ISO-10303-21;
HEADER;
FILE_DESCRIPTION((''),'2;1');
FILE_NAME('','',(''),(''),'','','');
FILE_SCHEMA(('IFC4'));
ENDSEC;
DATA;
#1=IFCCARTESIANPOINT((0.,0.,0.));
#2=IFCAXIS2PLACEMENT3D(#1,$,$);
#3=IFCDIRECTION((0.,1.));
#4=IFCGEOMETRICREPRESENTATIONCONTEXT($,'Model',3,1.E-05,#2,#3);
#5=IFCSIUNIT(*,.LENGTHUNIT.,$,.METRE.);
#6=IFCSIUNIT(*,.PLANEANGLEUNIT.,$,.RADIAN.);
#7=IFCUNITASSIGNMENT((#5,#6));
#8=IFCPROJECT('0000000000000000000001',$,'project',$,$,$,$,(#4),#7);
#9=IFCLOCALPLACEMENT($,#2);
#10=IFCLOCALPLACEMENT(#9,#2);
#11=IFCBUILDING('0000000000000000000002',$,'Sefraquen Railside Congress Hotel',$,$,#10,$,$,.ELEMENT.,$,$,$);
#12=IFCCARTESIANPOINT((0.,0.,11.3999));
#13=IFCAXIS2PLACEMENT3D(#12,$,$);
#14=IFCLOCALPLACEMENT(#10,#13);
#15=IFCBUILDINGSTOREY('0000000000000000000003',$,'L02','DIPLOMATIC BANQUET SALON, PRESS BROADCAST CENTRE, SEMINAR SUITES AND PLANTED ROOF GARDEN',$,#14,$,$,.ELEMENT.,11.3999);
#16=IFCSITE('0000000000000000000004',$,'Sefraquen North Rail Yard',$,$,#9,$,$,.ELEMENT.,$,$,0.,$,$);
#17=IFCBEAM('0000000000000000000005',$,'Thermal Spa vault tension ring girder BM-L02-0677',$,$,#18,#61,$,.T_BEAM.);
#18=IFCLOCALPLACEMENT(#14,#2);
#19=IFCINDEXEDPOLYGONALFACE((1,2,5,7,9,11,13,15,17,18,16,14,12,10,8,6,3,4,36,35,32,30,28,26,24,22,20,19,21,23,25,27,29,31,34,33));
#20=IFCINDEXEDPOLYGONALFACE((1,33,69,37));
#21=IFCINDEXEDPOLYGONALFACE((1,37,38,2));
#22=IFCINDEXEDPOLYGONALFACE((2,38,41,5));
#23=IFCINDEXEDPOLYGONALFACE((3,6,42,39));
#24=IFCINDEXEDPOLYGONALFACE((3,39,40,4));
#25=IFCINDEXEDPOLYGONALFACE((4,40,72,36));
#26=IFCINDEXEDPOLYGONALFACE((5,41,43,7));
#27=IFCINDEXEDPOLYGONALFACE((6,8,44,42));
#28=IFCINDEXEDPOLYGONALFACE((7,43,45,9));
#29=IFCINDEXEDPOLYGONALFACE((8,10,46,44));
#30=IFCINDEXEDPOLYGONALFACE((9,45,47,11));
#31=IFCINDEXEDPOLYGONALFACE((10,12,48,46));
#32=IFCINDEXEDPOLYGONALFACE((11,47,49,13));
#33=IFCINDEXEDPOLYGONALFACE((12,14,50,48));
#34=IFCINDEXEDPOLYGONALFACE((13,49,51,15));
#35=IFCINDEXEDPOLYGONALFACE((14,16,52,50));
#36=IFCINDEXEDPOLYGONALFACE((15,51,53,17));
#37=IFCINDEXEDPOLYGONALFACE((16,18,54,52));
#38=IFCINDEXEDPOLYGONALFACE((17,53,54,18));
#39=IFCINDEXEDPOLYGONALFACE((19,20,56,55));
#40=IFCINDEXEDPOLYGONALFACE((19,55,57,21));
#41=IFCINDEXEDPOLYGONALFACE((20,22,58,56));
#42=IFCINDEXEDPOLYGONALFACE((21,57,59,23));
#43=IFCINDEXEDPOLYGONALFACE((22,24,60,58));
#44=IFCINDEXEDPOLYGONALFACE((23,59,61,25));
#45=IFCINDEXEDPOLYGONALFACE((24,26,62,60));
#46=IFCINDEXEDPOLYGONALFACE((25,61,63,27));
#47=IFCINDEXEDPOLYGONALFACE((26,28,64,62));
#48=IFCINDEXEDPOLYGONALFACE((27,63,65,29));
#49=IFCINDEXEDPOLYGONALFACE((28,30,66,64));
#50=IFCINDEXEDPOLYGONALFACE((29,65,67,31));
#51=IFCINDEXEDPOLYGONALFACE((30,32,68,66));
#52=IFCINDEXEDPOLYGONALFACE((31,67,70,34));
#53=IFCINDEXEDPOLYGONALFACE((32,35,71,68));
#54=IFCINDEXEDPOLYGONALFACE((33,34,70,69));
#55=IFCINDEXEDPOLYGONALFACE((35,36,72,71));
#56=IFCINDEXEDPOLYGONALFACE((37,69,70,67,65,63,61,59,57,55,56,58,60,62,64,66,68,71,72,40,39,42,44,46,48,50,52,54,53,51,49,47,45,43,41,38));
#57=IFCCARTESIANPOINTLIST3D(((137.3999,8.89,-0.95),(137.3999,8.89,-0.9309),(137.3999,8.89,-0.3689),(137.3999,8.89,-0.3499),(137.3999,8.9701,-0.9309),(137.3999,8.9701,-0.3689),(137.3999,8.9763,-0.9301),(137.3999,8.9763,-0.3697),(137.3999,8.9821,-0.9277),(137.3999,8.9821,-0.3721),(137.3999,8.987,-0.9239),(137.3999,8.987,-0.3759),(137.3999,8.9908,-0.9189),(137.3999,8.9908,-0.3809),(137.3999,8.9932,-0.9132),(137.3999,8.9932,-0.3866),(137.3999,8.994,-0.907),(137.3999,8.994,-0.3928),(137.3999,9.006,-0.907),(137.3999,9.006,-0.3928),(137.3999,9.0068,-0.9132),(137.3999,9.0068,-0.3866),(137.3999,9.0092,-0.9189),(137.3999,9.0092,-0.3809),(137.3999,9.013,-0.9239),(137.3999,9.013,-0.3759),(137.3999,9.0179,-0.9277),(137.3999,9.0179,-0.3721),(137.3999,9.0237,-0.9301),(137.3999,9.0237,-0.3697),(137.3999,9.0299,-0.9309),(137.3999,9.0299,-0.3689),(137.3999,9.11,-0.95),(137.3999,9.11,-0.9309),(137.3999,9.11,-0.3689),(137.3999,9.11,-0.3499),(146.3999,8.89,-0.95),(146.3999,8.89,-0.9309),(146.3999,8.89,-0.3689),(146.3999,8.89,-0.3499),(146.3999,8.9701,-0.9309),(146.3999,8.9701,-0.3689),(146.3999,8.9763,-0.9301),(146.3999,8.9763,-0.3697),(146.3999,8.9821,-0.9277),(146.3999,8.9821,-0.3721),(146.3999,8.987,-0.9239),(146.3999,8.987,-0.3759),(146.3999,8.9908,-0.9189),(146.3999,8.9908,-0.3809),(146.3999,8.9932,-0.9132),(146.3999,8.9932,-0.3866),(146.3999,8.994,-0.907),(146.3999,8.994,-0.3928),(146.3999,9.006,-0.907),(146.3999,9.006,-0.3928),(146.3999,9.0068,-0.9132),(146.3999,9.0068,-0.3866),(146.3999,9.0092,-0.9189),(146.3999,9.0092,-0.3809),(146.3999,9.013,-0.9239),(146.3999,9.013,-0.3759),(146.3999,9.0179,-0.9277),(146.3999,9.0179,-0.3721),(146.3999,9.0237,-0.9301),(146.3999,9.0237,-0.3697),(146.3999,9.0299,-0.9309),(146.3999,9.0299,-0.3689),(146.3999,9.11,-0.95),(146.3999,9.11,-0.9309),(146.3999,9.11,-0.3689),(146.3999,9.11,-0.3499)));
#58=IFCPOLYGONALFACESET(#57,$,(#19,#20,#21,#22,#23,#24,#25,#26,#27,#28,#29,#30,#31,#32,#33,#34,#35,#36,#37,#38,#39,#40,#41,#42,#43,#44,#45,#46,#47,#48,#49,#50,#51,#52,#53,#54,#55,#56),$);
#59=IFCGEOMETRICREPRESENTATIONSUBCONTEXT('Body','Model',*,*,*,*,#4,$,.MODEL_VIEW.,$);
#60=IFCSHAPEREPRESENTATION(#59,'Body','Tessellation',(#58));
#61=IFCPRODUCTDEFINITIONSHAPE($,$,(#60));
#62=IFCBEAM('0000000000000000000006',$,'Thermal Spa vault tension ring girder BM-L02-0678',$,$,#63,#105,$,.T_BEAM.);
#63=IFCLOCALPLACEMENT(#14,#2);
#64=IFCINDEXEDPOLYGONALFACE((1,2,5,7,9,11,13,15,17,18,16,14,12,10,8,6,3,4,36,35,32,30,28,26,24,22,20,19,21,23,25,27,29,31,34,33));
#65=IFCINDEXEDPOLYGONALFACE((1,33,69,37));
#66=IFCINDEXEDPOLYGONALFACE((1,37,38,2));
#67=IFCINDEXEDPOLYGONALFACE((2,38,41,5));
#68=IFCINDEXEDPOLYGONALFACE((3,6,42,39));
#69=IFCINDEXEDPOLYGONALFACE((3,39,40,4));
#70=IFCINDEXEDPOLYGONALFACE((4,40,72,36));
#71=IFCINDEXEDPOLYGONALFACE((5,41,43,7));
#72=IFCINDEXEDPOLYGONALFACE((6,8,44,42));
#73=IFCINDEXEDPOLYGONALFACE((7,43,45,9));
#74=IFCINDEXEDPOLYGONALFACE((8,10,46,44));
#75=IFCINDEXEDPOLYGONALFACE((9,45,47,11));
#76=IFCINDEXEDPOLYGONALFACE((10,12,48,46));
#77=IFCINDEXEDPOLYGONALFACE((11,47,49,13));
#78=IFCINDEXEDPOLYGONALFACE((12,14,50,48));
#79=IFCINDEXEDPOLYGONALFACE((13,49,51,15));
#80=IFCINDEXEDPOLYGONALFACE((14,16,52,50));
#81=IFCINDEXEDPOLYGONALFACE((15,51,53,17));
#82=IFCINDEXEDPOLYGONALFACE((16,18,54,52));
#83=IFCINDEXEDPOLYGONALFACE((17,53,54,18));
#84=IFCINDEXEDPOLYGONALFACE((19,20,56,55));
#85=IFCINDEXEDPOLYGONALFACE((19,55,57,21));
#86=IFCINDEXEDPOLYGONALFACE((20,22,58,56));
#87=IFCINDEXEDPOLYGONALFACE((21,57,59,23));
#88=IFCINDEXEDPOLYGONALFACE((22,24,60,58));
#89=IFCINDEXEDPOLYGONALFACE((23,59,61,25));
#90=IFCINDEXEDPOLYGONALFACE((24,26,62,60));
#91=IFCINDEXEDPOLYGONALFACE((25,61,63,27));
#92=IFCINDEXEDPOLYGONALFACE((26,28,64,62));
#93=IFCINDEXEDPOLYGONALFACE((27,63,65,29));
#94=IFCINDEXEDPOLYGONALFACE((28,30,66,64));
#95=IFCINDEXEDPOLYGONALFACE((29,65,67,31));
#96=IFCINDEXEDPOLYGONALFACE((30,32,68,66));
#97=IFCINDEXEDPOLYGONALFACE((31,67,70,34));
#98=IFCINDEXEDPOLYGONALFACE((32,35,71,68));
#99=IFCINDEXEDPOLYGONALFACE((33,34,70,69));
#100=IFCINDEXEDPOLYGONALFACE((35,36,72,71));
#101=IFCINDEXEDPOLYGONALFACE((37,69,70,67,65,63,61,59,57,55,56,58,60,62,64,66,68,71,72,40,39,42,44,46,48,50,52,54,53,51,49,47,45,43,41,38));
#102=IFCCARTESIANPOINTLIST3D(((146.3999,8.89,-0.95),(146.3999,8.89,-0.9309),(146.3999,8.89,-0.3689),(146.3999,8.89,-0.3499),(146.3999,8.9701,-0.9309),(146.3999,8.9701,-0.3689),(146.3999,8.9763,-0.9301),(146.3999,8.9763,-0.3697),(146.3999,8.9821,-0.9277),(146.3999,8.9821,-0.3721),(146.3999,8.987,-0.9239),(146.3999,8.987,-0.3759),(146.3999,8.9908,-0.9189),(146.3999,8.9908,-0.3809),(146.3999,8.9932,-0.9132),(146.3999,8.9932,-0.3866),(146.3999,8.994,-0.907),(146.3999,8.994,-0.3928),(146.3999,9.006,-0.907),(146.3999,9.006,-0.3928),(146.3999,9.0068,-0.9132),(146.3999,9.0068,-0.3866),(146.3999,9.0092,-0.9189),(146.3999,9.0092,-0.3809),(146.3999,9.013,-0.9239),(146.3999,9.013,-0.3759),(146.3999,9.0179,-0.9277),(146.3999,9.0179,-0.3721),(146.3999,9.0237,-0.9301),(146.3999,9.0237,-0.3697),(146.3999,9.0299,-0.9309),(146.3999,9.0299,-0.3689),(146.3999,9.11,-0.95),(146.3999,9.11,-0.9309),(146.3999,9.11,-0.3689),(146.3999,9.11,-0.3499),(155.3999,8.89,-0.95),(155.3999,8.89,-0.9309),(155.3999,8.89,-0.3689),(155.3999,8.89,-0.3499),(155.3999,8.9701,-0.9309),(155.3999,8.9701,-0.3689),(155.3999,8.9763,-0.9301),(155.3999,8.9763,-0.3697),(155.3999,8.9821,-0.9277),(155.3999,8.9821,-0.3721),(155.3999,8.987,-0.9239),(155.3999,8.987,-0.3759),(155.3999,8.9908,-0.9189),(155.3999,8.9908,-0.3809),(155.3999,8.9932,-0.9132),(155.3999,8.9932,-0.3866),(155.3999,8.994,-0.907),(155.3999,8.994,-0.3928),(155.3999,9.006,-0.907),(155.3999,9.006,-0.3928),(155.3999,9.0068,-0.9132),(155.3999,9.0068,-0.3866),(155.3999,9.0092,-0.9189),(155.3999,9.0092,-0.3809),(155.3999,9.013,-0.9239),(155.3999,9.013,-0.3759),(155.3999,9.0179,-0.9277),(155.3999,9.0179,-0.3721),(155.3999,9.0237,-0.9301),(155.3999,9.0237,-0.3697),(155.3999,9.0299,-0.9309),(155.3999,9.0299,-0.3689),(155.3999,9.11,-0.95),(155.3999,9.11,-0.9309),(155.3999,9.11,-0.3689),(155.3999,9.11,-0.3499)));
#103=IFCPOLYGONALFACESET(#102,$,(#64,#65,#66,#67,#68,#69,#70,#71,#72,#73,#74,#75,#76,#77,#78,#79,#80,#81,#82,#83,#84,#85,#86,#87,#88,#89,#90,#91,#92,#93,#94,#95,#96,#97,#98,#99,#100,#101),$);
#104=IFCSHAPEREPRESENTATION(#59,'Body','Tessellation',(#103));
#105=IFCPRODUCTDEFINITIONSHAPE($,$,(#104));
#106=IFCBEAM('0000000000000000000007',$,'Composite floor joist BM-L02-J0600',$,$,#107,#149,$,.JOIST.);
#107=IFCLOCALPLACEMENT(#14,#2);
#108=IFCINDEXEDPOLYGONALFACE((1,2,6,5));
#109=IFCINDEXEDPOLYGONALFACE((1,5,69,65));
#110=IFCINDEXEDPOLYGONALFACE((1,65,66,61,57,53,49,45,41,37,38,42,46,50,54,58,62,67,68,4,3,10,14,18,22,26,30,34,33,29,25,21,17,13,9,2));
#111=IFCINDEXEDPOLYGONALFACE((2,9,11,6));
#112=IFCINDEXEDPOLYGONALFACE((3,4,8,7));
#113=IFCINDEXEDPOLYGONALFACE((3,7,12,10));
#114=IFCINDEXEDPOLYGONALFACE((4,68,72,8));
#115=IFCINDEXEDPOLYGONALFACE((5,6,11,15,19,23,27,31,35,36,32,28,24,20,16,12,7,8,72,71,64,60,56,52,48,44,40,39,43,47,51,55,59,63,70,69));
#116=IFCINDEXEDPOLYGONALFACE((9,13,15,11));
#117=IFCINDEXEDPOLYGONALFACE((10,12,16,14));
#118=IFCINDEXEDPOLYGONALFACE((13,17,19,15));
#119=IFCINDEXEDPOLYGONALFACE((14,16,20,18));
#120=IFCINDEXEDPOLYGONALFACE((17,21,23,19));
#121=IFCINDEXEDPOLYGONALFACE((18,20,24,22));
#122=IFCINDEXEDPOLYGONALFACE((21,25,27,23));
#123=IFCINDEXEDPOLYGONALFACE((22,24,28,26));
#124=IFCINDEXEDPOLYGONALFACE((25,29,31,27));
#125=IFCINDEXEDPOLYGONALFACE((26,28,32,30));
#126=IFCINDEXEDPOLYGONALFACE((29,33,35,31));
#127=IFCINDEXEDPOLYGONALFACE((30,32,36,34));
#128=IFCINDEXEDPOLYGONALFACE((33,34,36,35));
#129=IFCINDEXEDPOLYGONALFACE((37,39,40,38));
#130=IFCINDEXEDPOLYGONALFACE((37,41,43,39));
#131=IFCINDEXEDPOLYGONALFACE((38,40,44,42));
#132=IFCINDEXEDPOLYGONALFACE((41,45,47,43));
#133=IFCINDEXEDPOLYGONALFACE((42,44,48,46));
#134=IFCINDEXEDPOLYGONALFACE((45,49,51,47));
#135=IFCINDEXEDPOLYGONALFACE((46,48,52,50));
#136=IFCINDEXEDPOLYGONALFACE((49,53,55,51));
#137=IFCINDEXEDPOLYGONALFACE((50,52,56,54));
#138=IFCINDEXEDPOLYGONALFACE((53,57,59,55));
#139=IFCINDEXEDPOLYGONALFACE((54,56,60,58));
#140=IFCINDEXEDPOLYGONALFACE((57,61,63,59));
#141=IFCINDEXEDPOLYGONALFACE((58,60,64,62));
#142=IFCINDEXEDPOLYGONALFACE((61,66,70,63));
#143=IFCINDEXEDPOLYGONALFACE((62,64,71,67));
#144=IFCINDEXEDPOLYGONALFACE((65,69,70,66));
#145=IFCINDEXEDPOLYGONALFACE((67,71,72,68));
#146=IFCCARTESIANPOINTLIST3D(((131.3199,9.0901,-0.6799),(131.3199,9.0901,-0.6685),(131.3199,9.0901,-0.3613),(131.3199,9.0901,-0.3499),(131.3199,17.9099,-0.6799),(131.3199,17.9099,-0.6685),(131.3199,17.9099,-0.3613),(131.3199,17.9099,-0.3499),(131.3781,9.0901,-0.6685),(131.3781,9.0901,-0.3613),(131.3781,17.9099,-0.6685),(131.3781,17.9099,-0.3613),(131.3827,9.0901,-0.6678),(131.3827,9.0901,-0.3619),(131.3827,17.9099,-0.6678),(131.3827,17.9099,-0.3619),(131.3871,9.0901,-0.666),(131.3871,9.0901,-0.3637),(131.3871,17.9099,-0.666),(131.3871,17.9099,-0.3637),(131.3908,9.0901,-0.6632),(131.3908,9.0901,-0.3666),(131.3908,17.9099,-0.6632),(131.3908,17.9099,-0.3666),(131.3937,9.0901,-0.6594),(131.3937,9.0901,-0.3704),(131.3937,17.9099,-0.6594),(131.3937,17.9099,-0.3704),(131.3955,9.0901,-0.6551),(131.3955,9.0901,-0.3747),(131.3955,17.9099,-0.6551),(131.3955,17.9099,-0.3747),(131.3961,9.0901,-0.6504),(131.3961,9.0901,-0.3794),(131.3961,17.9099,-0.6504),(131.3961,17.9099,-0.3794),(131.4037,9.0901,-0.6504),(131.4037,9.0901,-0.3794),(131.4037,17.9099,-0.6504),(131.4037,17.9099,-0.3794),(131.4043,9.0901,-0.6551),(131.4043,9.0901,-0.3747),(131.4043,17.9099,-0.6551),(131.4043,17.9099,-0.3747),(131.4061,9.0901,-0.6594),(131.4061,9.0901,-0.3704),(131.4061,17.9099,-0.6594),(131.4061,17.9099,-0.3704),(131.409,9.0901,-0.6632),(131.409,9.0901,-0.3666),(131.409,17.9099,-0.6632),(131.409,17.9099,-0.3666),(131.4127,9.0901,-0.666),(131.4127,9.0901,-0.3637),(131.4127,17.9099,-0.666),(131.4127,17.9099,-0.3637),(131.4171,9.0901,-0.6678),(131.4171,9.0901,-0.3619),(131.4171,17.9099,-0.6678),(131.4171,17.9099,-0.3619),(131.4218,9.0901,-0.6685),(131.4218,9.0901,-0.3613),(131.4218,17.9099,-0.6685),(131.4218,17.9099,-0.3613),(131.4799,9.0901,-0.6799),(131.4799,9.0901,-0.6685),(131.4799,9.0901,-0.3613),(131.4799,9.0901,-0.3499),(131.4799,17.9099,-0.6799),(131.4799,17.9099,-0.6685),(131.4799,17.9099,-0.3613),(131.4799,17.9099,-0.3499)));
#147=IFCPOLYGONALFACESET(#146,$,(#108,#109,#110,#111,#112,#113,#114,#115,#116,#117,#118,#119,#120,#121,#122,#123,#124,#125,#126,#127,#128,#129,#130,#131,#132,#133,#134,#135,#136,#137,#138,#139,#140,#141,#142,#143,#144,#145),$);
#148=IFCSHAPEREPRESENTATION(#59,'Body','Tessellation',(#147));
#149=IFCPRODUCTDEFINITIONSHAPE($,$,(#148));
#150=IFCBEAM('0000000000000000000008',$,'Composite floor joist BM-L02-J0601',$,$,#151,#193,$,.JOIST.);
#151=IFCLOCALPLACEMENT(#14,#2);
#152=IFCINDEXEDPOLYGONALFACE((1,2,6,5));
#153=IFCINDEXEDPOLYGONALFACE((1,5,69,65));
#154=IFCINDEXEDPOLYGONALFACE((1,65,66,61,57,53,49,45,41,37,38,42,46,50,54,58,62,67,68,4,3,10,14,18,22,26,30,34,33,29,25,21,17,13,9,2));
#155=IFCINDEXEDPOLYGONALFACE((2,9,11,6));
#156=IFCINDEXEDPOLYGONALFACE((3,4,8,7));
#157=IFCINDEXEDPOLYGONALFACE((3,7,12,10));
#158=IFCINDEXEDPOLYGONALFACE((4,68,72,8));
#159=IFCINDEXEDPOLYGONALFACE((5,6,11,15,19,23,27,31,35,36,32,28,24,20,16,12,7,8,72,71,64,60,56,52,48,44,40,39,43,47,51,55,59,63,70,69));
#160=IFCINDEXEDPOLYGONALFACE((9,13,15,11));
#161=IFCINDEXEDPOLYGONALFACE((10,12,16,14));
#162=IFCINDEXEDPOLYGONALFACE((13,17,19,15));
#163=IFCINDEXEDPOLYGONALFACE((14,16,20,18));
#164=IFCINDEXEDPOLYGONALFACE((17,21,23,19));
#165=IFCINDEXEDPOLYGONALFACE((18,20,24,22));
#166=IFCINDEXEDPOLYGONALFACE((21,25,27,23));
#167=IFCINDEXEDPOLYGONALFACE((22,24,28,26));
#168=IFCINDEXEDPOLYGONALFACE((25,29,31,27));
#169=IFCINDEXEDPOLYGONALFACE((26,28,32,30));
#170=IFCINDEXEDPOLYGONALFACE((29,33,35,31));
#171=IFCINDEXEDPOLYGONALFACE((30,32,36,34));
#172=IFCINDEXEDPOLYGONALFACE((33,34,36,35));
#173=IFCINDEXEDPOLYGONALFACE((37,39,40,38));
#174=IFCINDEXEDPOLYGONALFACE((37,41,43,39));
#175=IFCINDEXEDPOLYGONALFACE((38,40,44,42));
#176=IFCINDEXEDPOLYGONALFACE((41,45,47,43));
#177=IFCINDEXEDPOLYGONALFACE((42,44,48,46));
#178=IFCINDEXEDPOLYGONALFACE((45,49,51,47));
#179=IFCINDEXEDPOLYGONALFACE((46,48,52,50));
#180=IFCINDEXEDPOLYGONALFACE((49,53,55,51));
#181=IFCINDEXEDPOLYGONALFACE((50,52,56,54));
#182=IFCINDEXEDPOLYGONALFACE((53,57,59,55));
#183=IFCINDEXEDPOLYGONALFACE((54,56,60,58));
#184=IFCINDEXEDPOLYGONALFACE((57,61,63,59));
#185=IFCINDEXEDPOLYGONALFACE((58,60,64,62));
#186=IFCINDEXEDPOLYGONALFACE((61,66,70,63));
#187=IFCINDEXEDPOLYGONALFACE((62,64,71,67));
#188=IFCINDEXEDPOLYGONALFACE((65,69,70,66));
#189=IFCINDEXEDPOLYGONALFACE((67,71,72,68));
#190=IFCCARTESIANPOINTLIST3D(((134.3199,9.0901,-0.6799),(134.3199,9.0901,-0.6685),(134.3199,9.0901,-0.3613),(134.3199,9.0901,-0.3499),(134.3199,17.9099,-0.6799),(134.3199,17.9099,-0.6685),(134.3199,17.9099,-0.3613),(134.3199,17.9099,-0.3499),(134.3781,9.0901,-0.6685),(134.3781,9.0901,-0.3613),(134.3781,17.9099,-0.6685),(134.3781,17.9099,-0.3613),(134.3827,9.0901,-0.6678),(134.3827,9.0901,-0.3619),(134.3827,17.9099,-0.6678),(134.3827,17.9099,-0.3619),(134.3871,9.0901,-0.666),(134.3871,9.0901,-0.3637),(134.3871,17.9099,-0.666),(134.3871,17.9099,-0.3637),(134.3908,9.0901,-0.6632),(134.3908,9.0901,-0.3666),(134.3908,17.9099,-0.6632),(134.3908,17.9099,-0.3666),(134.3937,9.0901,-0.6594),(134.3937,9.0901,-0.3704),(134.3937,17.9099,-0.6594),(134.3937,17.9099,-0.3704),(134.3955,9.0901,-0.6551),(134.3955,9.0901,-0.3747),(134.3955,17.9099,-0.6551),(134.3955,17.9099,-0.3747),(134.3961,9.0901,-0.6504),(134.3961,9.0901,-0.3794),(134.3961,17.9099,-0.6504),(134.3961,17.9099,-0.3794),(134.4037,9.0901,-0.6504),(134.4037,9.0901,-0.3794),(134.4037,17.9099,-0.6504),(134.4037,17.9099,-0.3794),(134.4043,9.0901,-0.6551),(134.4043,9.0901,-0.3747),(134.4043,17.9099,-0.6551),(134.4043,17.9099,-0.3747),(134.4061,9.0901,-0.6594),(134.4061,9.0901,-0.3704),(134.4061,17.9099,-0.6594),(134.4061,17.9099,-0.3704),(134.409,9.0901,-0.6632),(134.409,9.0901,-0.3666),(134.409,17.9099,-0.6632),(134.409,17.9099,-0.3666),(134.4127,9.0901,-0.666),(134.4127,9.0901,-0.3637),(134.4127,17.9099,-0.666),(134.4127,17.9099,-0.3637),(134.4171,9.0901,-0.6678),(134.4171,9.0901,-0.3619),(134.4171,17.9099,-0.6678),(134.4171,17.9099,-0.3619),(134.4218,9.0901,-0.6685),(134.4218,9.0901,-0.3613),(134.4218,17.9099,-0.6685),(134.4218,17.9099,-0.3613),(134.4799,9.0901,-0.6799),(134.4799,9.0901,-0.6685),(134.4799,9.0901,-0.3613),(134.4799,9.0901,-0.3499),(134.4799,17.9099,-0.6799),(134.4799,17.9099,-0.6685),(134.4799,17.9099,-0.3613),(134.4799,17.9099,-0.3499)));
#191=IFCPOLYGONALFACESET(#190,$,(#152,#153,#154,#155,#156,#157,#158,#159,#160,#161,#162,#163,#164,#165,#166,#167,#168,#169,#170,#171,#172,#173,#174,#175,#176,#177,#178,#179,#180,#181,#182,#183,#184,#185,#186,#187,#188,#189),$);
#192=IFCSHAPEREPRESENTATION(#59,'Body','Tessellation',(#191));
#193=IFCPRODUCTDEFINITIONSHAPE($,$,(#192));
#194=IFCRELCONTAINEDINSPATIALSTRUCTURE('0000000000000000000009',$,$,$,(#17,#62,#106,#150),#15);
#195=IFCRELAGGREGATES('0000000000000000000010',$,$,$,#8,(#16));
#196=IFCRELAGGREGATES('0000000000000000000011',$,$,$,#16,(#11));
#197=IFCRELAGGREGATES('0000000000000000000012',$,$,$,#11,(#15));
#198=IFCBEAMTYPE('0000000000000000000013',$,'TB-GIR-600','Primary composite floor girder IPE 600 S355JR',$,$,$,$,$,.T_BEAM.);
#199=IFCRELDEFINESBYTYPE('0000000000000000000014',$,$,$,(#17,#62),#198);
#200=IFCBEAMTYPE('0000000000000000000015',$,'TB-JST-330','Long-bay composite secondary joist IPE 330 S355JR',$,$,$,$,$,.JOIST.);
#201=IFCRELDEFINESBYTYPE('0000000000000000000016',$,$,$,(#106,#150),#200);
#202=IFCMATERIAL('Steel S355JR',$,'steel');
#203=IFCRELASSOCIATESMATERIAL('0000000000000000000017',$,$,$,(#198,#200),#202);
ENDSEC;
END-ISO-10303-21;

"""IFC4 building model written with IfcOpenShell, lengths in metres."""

from ifc_helpers import new_model, si_unit, direction, frame, origin, origin_2d, place, context, subcontext, project, spatial, i_section, extrude, material, material_profile, profile_set, type_object, element, save


model = new_model("IFC4")

# Units and contexts
model_context = context("Model", 3, precision=1e-05, world=origin(), true_north=direction((0.0, 1.0)))
body_context = subcontext(model_context, "Body", "Model", "MODEL_VIEW")
ifc_project = project(units=[si_unit("LENGTHUNIT", "METRE"), si_unit("PLANEANGLEUNIT", "RADIAN")], contexts=[model_context])

# Site, building, storey
site_placement = place(None, origin())
site = spatial("IfcSite", under=ifc_project, at=site_placement, Name="Sefraquen North Rail Yard", CompositionType="ELEMENT", RefElevation=0.0)
building_placement = place(site_placement, origin())
building = spatial("IfcBuilding", under=site, at=building_placement, Name="Sefraquen Railside Congress Hotel", CompositionType="ELEMENT")
storey_placement = place(building_placement, frame((0.0, 0.0, 11.3999)))
storey = spatial("IfcBuildingStorey", under=building, at=storey_placement, Name="L02", Description="DIPLOMATIC BANQUET SALON, PRESS BROADCAST CENTRE, SEMINAR SUITES AND PLANTED ROOF GARDEN", CompositionType="ELEMENT", Elevation=11.3999)

# Beams
ifc_material_1 = material(Name="Steel S355JR", Category="steel")
ifc_material_profile_1 = material_profile(ifc_material_1, i_section(OverallWidth=0.22, OverallDepth=0.6001, WebThickness=0.012, FlangeThickness=0.019, FilletRadius=0.0239, at=origin_2d()), Name="IPE 600")
ifc_profile_set_1 = profile_set([ifc_material_profile_1], Name="Steel S355JR")
beam_type_1 = type_object("IfcBeamType", Name="TB-GIR-600", Description="Primary composite floor girder IPE 600 S355JR", PredefinedType="T_BEAM", material=ifc_profile_set_1)
for number, where, z_axis, x_axis, name in (
    (1, (137.3999, 9.0, -0.6499), (1.0, 0.0, 0.0), (0.0, 1.0, 0.0), "Thermal Spa vault tension ring girder BM-L02-0677"),
    (2, (146.3999, 9.0, -0.6499), (1.0, 0.0, 0.0), (0.0, 1.0, 0.0), "Thermal Spa vault tension ring girder BM-L02-0678"),
):
    element("IfcBeam", number, at=place(storey_placement, frame(where, z_axis=z_axis, x_axis=x_axis)), inside=storey, type_object=beam_type_1, Name=name, PredefinedType="T_BEAM", context=body_context, shape_type="SweptSolid", body=[
        extrude(i_section(OverallWidth=0.22, OverallDepth=0.6001, WebThickness=0.012, FlangeThickness=0.019, FilletRadius=0.0239, at=origin_2d()), origin(), (0.0, 0.0, 1.0), 9.0),
    ])
ifc_material_profile_2 = material_profile(ifc_material_1, i_section(OverallWidth=0.1599, OverallDepth=0.3301, WebThickness=0.0076, FlangeThickness=0.0115, FilletRadius=0.0181, at=origin_2d()), Name="IPE 330")
ifc_profile_set_2 = profile_set([ifc_material_profile_2], Name="Steel S355JR")
beam_type_2 = type_object("IfcBeamType", Name="TB-JST-330", Description="Long-bay composite secondary joist IPE 330 S355JR", PredefinedType="JOIST", material=ifc_profile_set_2)
for number, where, z_axis, x_axis, name in (
    (3, (131.3999, 9.0901, -0.5149), (0.0, 1.0, 0.0), (-1.0, 0.0, 0.0), "Composite floor joist BM-L02-J0600"),
    (4, (134.3999, 9.0901, -0.5149), (0.0, 1.0, 0.0), (-1.0, 0.0, 0.0), "Composite floor joist BM-L02-J0601"),
):
    element("IfcBeam", number, at=place(storey_placement, frame(where, z_axis=z_axis, x_axis=x_axis)), inside=storey, type_object=beam_type_2, Name=name, PredefinedType="JOIST", context=body_context, shape_type="SweptSolid", body=[
        extrude(i_section(OverallWidth=0.1599, OverallDepth=0.3301, WebThickness=0.0076, FlangeThickness=0.0115, FilletRadius=0.0181, at=origin_2d()), origin(), (0.0, 0.0, 1.0), 8.8198),
    ])

save(model, "model.ifc")
